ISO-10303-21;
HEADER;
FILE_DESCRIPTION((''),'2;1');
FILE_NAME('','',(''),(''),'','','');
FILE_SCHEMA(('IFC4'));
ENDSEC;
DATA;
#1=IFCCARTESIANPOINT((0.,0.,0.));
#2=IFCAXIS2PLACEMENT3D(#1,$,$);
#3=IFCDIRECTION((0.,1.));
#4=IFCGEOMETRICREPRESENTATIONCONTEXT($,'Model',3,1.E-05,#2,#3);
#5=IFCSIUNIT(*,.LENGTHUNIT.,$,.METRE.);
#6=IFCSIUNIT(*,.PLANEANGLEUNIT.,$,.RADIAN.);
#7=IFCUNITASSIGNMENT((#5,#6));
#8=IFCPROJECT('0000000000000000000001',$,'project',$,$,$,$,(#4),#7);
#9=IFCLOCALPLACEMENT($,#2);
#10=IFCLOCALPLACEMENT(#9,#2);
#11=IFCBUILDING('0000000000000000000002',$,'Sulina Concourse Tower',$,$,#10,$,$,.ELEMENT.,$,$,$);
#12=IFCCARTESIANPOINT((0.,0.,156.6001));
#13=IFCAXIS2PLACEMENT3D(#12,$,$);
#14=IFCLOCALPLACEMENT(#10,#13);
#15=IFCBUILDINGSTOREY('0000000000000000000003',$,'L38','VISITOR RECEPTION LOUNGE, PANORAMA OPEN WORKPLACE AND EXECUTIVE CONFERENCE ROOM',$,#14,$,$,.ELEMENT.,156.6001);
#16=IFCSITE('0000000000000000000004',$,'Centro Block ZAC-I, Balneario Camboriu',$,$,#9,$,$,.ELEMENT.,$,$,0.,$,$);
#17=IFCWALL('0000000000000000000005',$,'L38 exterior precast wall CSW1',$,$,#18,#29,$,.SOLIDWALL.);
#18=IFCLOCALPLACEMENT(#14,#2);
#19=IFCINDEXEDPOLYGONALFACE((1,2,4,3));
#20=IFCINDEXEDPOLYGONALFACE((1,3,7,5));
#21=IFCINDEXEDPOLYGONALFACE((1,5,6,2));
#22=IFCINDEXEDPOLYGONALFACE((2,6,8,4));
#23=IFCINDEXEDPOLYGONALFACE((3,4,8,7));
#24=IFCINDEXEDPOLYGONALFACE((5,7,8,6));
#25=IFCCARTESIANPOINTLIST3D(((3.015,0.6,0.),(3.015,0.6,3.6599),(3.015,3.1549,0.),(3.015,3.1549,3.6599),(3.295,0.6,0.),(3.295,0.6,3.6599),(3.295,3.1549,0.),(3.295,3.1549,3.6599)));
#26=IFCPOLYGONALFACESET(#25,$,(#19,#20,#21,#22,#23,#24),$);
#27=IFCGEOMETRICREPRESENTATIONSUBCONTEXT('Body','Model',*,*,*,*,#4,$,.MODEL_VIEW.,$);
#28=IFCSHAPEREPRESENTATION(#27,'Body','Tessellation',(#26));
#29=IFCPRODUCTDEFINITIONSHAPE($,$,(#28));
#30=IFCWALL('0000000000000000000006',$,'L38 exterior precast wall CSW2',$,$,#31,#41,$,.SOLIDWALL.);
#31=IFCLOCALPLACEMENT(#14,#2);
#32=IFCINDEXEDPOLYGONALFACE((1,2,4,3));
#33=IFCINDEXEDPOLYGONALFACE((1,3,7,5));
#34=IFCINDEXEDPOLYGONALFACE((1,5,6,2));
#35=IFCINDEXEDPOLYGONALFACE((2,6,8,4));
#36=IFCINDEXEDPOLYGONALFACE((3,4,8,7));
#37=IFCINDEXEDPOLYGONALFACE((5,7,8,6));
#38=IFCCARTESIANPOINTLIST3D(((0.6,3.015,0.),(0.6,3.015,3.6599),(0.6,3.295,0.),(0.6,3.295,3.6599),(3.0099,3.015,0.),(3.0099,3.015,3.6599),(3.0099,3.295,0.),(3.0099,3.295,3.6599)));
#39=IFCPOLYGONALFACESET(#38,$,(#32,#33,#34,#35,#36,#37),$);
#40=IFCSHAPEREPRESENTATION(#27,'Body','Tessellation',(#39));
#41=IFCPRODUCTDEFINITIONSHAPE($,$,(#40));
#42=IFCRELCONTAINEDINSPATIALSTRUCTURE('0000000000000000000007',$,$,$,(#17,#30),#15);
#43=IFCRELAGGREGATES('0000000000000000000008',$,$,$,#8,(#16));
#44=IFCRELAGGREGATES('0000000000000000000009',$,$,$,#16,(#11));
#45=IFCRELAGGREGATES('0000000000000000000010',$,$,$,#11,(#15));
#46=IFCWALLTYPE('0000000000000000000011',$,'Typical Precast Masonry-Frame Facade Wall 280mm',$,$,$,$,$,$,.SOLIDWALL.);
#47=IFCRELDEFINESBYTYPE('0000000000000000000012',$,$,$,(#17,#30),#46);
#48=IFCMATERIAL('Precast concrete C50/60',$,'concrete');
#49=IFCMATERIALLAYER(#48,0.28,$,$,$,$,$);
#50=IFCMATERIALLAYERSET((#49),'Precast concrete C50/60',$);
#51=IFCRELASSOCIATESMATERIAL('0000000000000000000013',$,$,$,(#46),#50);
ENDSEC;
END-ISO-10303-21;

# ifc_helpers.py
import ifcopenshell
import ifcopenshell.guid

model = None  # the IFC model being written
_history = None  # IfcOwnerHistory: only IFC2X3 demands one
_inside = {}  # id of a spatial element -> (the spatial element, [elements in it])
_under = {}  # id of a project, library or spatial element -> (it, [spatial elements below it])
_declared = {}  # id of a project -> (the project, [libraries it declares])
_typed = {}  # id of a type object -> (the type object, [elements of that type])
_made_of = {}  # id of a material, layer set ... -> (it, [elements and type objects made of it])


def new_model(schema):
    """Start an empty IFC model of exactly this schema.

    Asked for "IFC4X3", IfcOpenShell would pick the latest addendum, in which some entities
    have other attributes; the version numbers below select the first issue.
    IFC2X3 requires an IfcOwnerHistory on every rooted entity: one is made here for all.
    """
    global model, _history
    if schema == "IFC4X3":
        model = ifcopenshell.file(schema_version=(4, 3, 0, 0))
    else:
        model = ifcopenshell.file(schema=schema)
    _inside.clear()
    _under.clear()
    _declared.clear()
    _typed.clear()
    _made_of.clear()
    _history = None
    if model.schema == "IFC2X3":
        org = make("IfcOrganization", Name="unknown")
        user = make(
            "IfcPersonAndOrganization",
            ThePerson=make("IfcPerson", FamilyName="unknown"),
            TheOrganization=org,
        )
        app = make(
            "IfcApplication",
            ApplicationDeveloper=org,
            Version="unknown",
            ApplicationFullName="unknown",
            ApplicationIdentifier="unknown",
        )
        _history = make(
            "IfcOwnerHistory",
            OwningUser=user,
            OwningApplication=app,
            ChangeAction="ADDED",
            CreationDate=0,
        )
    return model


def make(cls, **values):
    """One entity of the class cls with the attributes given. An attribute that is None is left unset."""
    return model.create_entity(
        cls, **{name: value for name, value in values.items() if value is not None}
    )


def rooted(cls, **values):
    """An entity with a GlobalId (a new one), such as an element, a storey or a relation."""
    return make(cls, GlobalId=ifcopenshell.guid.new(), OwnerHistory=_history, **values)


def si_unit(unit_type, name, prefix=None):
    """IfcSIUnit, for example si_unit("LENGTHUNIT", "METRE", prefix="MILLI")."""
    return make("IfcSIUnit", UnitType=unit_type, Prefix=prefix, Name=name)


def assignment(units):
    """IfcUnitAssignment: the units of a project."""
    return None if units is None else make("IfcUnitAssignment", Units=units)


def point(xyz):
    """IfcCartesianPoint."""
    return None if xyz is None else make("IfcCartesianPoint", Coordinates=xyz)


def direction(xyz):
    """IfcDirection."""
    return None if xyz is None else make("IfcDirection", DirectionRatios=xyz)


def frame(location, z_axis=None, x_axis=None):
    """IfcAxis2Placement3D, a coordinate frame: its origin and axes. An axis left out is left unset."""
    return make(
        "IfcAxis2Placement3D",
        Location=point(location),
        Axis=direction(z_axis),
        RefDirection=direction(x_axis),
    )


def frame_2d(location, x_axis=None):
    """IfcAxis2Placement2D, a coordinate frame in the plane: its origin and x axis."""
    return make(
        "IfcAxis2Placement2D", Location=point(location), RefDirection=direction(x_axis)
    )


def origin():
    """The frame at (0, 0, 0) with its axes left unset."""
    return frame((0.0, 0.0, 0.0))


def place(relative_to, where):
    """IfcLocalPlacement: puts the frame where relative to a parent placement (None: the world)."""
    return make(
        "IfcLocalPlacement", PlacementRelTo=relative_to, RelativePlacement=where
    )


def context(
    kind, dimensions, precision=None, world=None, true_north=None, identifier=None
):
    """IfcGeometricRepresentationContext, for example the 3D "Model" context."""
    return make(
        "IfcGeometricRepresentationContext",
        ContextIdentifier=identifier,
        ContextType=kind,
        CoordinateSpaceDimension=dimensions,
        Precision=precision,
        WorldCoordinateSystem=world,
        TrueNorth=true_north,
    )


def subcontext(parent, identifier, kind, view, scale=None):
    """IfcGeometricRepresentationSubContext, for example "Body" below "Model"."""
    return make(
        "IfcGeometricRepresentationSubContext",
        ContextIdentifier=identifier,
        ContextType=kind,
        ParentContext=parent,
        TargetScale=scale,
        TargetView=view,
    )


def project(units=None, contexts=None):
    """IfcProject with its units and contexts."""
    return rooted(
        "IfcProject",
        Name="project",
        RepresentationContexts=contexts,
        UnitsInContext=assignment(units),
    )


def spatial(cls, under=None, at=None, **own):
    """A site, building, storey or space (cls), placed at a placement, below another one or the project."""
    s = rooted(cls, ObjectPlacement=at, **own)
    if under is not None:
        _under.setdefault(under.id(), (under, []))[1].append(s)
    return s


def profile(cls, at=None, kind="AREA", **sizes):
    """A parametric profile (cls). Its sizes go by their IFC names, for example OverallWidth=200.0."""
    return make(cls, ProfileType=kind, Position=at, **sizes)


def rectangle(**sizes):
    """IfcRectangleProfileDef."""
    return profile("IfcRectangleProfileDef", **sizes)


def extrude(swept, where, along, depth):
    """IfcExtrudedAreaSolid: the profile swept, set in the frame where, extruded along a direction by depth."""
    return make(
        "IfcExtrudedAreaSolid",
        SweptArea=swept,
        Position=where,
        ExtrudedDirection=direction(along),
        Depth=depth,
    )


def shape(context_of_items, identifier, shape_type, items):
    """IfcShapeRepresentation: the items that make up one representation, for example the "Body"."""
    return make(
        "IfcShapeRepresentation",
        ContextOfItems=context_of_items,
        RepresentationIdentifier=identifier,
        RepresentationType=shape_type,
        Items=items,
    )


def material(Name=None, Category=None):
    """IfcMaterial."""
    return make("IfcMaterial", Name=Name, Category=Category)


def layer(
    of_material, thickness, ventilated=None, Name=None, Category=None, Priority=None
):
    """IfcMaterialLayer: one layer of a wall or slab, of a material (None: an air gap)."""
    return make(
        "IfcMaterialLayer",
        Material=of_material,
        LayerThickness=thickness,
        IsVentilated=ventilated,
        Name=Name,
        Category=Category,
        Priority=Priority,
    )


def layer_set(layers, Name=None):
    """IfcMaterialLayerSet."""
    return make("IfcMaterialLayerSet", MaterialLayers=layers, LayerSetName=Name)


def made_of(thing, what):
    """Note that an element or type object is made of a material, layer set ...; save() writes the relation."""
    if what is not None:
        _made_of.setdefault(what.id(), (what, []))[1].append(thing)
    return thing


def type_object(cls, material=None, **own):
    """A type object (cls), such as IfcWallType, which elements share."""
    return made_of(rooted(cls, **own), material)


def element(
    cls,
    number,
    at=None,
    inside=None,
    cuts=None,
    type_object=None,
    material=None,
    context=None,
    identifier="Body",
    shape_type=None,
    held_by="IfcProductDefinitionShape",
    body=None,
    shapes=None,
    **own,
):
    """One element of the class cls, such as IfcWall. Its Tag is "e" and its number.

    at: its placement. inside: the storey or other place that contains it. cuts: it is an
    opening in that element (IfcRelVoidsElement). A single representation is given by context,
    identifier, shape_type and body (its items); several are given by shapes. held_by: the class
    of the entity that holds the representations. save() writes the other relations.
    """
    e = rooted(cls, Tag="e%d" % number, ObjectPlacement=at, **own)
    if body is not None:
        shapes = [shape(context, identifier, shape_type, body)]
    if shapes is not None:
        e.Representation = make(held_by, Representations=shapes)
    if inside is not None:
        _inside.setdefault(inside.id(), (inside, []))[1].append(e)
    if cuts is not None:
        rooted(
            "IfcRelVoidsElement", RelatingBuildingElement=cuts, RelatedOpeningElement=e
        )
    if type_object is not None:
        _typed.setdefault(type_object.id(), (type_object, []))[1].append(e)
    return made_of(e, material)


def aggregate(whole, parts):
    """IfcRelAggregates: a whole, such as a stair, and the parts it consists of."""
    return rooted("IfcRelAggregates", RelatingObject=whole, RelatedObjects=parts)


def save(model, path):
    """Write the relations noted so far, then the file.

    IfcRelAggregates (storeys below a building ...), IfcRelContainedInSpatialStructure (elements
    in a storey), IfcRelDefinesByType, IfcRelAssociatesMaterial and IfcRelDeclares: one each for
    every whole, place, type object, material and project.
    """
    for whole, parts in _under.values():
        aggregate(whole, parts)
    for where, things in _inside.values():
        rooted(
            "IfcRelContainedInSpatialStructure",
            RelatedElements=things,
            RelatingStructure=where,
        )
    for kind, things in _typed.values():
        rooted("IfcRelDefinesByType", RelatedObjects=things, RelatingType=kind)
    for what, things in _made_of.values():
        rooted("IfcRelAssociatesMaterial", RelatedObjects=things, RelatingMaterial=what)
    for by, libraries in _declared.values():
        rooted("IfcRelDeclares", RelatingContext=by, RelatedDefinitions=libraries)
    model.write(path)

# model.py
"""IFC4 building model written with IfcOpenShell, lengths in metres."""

from ifc_helpers import new_model, si_unit, direction, frame, frame_2d, origin, place, context, subcontext, project, spatial, rectangle, extrude, material, layer, layer_set, type_object, element, save


model = new_model("IFC4")

# Units and contexts
model_context = context("Model", 3, precision=1e-05, world=origin(), true_north=direction((0.0, 1.0)))
body_context = subcontext(model_context, "Body", "Model", "MODEL_VIEW")
ifc_project = project(units=[si_unit("LENGTHUNIT", "METRE"), si_unit("PLANEANGLEUNIT", "RADIAN")], contexts=[model_context])

# Site, building, storey
site_placement = place(None, origin())
site = spatial("IfcSite", under=ifc_project, at=site_placement, Name="Centro Block ZAC-I, Balneario Camboriu", CompositionType="ELEMENT", RefElevation=0.0)
building_placement = place(site_placement, origin())
building = spatial("IfcBuilding", under=site, at=building_placement, Name="Sulina Concourse Tower", CompositionType="ELEMENT")
storey_placement = place(building_placement, frame((0.0, 0.0, 156.6001)))
storey = spatial("IfcBuildingStorey", under=building, at=storey_placement, Name="L38", Description="VISITOR RECEPTION LOUNGE, PANORAMA OPEN WORKPLACE AND EXECUTIVE CONFERENCE ROOM", CompositionType="ELEMENT", Elevation=156.6001)

# Shared definitions
ifc_material_1 = material(Name="Precast concrete C50/60", Category="concrete")
ifc_layer_1 = layer(ifc_material_1, 0.28)
ifc_layer_set_1 = layer_set([ifc_layer_1], Name="Precast concrete C50/60")
wall_type_1 = type_object("IfcWallType", Name="Typical Precast Masonry-Frame Facade Wall 280mm", PredefinedType="SOLIDWALL", material=ifc_layer_set_1)

# Walls
wall_1_placement = place(storey_placement, frame((3.155, 0.6001, 0.0), z_axis=(0.0, 0.0, 1.0), x_axis=(0.0, 1.0, 0.0)))
element("IfcWall", 1, at=wall_1_placement, inside=storey, type_object=wall_type_1, Name="L38 exterior precast wall CSW1", PredefinedType="SOLIDWALL", context=body_context, shape_type="SweptSolid", body=[
    extrude(rectangle(XDim=2.5549, YDim=0.28, at=frame_2d((1.2773, 0.0))), origin(), (0.0, 0.0, 1.0), 3.6599),
])
wall_2_placement = place(storey_placement, frame((3.01, 3.155, 0.0), z_axis=(0.0, 0.0, 1.0), x_axis=(-1.0, 0.0, 0.0)))
element("IfcWall", 2, at=wall_2_placement, inside=storey, type_object=wall_type_1, Name="L38 exterior precast wall CSW2", PredefinedType="SOLIDWALL", context=body_context, shape_type="SweptSolid", body=[
    extrude(rectangle(XDim=2.4099, YDim=0.28, at=frame_2d((1.2051, 0.0))), origin(), (0.0, 0.0, 1.0), 3.6599),
])

save(model, "model.ifc")
